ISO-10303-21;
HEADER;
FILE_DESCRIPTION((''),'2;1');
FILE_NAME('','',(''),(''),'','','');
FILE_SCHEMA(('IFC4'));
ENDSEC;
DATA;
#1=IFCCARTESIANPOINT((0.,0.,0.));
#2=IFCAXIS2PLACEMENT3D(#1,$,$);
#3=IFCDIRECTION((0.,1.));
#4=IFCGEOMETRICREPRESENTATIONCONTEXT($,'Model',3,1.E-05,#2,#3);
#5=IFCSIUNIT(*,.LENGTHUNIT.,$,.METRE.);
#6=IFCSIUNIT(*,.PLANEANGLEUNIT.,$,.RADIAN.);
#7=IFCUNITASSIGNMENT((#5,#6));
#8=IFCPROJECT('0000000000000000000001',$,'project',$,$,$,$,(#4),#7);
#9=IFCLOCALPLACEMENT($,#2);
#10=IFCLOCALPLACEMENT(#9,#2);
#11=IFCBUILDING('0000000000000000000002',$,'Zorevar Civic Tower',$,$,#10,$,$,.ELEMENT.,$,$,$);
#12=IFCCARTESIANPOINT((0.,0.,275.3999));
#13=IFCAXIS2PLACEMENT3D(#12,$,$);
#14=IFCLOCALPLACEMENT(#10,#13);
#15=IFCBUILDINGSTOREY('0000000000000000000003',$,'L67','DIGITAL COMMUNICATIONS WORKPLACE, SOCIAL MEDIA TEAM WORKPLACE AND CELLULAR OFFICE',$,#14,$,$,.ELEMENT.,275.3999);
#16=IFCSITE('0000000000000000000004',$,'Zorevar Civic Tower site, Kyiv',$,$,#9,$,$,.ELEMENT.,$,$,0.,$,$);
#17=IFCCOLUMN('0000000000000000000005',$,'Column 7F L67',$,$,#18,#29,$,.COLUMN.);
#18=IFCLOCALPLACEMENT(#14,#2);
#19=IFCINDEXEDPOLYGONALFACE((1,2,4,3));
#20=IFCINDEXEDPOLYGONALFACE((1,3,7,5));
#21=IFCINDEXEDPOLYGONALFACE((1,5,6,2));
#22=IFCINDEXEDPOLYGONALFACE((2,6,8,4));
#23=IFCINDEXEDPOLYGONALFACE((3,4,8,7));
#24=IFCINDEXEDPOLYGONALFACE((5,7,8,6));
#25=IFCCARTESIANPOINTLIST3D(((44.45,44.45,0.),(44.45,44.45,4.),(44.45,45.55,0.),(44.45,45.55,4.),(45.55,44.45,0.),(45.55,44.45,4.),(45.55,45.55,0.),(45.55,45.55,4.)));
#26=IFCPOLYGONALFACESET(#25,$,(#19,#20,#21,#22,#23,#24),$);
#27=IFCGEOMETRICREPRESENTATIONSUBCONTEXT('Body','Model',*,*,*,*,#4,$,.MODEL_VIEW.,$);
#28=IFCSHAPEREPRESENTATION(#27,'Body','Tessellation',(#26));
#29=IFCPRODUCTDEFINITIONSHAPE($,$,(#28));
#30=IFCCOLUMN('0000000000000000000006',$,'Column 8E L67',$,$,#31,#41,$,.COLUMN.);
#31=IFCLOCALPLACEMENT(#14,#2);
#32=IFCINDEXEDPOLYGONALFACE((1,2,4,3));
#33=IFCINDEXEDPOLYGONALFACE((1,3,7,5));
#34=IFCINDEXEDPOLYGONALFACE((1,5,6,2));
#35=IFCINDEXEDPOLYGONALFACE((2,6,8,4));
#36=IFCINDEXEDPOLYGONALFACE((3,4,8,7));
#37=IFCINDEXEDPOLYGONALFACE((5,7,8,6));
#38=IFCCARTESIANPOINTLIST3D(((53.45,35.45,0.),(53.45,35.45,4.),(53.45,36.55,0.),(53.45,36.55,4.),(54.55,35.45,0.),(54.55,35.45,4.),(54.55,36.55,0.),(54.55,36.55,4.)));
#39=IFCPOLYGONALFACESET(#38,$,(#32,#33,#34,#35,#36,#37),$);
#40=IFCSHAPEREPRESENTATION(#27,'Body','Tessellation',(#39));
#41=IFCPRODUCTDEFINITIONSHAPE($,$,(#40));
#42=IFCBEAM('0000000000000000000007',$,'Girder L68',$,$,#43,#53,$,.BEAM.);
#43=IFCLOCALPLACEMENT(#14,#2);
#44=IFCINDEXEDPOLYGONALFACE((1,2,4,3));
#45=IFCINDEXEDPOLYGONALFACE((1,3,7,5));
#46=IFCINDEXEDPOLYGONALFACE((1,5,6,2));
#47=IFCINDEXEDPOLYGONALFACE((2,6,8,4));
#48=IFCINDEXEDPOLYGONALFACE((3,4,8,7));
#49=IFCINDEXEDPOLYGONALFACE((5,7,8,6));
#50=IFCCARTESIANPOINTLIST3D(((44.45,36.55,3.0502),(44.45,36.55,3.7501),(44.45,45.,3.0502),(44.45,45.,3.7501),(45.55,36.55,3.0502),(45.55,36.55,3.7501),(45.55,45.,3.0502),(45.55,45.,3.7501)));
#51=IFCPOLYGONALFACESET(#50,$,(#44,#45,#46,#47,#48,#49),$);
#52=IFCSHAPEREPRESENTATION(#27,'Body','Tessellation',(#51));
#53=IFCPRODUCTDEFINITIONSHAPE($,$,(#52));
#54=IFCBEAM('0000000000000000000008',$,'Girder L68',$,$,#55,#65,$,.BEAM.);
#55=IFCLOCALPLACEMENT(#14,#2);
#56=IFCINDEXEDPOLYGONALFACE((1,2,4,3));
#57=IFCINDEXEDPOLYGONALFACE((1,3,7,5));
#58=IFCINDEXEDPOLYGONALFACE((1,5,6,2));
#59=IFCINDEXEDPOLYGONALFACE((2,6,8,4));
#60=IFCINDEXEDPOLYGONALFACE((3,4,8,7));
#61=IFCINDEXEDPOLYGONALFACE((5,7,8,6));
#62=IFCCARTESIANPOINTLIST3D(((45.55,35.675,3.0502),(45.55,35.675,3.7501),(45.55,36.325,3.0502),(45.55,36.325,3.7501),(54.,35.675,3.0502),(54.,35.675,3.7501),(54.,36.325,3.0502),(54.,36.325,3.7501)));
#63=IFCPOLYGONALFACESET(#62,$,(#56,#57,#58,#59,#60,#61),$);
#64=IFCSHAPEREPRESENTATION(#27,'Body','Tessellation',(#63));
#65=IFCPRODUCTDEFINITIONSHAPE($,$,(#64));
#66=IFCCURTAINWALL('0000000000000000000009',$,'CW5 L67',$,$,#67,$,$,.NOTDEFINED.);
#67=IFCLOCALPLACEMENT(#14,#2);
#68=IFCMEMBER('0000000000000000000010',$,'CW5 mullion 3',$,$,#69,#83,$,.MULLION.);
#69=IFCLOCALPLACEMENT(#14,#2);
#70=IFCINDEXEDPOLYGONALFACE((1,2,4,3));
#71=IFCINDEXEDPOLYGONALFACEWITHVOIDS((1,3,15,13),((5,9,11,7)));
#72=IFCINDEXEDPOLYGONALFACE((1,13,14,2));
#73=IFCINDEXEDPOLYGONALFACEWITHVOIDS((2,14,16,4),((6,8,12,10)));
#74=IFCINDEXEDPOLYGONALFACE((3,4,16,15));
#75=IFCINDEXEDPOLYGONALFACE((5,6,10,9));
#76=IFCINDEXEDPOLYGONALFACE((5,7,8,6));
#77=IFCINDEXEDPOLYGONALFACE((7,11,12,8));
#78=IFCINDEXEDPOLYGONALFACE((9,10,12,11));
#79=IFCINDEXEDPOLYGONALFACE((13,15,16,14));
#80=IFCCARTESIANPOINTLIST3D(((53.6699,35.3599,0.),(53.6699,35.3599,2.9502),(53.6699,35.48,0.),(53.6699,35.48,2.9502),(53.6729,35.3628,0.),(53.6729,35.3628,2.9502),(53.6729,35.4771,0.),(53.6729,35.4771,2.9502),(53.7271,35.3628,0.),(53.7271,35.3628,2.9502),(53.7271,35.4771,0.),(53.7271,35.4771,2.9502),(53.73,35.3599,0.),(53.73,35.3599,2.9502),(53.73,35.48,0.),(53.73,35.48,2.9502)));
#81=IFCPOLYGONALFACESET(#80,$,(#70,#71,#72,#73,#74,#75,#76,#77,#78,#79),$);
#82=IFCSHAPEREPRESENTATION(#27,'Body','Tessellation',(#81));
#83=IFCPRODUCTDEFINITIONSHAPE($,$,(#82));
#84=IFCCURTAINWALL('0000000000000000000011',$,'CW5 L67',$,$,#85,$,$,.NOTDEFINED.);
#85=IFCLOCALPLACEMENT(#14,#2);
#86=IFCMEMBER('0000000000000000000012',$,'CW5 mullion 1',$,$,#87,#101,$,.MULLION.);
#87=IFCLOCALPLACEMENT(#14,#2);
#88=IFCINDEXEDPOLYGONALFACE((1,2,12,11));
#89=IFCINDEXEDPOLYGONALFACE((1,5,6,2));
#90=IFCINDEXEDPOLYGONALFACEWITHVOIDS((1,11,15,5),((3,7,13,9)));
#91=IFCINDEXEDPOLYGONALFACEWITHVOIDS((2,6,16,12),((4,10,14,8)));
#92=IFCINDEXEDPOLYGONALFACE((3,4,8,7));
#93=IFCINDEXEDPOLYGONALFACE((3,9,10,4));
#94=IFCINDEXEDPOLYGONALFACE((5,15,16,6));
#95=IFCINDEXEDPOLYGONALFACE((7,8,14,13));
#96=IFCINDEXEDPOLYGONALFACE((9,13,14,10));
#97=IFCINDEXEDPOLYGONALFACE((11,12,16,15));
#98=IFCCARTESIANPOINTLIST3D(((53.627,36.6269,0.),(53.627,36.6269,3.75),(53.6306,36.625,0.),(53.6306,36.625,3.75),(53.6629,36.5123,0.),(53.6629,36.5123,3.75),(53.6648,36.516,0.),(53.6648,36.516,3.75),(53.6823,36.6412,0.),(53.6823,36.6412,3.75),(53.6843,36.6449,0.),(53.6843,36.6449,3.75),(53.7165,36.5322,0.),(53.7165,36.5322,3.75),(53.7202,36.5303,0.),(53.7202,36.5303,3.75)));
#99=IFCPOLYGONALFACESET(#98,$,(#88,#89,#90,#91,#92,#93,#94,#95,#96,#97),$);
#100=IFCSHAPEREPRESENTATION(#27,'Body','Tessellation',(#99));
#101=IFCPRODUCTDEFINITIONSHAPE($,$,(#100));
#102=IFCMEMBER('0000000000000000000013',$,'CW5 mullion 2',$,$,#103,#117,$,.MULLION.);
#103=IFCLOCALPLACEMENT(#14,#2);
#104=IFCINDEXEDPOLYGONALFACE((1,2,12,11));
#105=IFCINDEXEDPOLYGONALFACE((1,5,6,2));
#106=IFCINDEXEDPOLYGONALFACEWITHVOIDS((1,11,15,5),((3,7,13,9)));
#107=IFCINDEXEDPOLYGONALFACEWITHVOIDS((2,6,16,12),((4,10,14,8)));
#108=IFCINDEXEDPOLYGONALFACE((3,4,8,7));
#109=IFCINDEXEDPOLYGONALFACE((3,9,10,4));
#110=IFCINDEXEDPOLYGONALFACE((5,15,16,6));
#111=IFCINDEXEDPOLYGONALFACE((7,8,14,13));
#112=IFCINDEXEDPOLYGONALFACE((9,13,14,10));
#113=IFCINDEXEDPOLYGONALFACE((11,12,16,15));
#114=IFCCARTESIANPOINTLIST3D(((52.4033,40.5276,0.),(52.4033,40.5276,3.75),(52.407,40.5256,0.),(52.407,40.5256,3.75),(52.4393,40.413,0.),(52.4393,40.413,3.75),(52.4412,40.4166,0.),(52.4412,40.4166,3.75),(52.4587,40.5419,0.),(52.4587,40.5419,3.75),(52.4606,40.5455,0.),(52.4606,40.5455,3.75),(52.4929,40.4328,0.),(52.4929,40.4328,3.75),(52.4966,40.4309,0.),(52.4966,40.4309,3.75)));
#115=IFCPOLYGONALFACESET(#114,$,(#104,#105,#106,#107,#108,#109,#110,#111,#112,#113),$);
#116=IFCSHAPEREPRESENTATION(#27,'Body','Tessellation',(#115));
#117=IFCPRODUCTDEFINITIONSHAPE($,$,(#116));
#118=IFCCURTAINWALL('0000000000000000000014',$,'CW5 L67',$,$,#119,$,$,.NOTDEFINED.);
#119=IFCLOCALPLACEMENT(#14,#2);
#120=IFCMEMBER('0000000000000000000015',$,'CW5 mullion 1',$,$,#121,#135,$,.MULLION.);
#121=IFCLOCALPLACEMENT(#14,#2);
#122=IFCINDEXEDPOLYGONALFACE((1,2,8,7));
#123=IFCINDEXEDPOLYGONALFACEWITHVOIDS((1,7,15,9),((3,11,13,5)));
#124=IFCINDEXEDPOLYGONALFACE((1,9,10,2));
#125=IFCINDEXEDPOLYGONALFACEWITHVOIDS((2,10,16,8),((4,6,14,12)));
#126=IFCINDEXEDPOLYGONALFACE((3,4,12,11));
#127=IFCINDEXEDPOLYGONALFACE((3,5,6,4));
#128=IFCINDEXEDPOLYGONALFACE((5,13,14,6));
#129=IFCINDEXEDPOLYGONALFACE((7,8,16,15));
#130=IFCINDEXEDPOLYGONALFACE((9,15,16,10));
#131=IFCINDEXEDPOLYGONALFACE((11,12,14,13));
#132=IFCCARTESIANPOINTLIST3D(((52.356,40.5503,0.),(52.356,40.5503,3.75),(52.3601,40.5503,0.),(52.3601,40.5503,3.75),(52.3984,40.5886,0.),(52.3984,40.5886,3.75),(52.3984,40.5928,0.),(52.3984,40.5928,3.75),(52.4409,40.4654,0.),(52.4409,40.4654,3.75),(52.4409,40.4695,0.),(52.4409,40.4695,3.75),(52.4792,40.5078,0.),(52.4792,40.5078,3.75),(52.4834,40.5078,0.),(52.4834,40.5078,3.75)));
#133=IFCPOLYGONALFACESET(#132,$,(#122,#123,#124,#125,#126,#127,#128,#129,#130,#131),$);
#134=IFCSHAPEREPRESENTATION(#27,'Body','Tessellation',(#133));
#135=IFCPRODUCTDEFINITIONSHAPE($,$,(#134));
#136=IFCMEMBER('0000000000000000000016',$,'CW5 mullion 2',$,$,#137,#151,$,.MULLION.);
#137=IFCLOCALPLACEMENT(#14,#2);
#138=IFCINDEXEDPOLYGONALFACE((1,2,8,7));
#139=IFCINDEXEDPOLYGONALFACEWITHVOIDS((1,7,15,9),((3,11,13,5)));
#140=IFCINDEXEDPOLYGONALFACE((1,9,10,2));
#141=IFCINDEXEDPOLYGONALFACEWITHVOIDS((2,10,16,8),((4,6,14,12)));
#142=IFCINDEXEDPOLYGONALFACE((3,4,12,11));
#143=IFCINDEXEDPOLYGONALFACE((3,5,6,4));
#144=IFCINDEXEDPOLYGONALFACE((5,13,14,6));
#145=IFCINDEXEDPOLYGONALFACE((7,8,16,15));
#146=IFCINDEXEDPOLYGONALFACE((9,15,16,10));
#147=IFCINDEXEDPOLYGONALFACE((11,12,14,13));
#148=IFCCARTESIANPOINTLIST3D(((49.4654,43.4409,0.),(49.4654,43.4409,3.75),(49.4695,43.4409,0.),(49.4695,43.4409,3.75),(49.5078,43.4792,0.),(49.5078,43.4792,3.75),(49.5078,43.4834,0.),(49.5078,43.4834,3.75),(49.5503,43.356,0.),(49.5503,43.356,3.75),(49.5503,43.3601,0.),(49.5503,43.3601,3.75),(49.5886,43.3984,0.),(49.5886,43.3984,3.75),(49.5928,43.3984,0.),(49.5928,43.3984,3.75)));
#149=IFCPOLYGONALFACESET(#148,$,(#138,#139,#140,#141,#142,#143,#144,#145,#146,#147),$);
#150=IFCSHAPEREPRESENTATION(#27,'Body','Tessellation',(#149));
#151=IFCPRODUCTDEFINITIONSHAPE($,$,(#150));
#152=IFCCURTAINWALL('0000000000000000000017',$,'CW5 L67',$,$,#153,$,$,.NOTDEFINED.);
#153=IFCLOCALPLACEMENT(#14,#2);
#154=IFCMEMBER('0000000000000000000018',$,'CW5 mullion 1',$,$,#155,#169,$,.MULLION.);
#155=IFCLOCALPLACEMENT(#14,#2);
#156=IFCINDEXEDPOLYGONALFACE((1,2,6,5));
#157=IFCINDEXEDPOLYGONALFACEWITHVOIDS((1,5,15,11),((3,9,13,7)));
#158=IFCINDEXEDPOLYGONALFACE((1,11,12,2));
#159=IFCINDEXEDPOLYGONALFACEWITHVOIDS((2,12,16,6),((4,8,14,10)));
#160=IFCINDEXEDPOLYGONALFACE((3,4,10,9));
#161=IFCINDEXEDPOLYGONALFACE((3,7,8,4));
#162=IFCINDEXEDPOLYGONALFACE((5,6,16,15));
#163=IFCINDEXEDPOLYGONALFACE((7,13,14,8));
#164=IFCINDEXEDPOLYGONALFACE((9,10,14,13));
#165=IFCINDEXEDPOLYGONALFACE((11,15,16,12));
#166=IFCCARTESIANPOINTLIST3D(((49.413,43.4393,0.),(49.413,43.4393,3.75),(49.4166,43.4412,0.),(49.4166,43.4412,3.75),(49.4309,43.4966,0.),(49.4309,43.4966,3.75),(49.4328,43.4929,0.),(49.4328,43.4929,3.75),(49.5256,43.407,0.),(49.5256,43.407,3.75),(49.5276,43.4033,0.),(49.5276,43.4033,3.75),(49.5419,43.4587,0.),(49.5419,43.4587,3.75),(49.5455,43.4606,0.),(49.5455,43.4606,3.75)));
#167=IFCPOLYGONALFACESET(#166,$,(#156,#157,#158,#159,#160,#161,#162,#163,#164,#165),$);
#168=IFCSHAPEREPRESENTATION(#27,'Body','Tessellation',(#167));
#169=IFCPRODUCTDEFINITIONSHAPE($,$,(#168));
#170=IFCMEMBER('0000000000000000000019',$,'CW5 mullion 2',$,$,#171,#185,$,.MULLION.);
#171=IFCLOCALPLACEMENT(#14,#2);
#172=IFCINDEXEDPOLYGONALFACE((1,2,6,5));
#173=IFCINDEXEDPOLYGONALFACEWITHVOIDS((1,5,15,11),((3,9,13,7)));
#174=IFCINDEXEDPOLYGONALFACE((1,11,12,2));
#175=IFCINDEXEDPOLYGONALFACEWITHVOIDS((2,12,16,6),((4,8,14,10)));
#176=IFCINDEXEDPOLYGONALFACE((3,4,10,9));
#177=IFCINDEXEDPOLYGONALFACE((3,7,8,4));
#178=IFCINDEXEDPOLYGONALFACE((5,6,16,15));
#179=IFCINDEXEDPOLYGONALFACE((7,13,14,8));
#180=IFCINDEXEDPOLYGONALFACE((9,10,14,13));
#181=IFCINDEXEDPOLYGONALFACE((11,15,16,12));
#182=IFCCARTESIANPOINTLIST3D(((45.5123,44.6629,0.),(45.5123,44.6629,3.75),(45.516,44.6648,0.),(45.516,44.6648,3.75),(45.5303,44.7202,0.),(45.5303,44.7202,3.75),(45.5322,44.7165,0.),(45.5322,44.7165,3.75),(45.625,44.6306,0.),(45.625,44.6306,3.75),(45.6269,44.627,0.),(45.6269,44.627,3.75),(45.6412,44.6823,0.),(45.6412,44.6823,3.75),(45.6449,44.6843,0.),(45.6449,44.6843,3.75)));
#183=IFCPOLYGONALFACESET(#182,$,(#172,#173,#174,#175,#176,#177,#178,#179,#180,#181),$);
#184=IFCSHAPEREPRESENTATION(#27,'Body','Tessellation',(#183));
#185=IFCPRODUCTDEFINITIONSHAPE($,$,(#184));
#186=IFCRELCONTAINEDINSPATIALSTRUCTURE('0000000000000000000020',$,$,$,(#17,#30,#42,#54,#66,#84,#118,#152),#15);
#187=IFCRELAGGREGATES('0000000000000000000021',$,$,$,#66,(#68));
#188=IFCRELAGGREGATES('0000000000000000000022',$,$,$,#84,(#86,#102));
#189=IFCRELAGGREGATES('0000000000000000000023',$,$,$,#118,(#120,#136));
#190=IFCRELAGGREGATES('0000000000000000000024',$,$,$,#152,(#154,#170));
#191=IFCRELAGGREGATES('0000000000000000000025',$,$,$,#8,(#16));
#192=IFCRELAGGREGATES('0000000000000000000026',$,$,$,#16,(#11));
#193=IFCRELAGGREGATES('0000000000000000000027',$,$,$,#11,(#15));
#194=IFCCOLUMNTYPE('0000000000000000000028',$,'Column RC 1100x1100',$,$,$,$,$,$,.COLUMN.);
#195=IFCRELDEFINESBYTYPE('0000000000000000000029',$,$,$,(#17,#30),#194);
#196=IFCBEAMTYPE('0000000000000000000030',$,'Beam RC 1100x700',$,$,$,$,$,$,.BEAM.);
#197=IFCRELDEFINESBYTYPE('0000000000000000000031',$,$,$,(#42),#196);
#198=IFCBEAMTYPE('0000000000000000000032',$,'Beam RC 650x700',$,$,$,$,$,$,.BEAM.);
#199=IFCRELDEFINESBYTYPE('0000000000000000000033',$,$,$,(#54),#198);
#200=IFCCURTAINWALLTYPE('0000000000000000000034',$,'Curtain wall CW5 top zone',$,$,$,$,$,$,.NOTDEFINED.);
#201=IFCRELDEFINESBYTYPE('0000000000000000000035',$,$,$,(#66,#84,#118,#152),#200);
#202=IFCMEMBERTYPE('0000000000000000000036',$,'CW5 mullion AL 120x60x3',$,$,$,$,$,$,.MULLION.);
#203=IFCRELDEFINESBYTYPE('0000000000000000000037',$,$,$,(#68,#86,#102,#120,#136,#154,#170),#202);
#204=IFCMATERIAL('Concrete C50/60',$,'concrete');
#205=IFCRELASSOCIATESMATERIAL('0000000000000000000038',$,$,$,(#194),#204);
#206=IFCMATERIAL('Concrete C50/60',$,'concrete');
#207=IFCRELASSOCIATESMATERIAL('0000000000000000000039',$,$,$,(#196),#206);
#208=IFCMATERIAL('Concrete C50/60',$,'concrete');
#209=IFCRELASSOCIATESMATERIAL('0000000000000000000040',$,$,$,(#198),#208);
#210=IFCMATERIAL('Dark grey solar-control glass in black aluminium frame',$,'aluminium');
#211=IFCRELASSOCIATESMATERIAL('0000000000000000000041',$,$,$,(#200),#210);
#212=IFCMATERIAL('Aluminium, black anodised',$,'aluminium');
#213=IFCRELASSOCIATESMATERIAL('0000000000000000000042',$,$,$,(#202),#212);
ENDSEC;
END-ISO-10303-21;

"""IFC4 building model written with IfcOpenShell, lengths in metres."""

from ifc_helpers import new_model, si_unit, direction, frame, origin, origin_2d, place, context, subcontext, project, spatial, rectangle, hollow_rectangle, extrude, material, material_profile, profile_set, type_object, element, aggregate, save


model = new_model("IFC4")

# Units and contexts
model_context = context("Model", 3, precision=1e-05, world=origin(), true_north=direction((0.0, 1.0)))
body_context = subcontext(model_context, "Body", "Model", "MODEL_VIEW")
ifc_project = project(units=[si_unit("LENGTHUNIT", "METRE"), si_unit("PLANEANGLEUNIT", "RADIAN")], contexts=[model_context])

# Site, building, storey
site_placement = place(None, origin())
site = spatial("IfcSite", under=ifc_project, at=site_placement, Name="Zorevar Civic Tower site, Kyiv", CompositionType="ELEMENT", RefElevation=0.0)
building_placement = place(site_placement, origin())
building = spatial("IfcBuilding", under=site, at=building_placement, Name="Zorevar Civic Tower", CompositionType="ELEMENT")
storey_placement = place(building_placement, frame((0.0, 0.0, 275.3999)))
storey = spatial("IfcBuildingStorey", under=building, at=storey_placement, Name="L67", Description="DIGITAL COMMUNICATIONS WORKPLACE, SOCIAL MEDIA TEAM WORKPLACE AND CELLULAR OFFICE", CompositionType="ELEMENT", Elevation=275.3999)

# Columns
ifc_material_1 = material(Name="Concrete C50/60", Category="concrete")
ifc_material_profile_1 = material_profile(ifc_material_1, rectangle(XDim=1.1001, YDim=1.1001, at=origin_2d()), Name="RC 1100x1100")
ifc_profile_set_1 = profile_set([ifc_material_profile_1], Name="Concrete C50/60")
column_type = type_object("IfcColumnType", Name="Column RC 1100x1100", PredefinedType="COLUMN", material=ifc_profile_set_1)
for number, where, z_axis, x_axis, name in (
    (1, (45.0, 45.0, 0.0), (0.0, 0.0, 1.0), (1.0, 0.0, 0.0), "Column 7F L67"),
    (2, (54.0, 36.0, 0.0), (0.0, 0.0, 1.0), (1.0, 0.0, 0.0), "Column 8E L67"),
):
    element("IfcColumn", number, at=place(storey_placement, frame(where, z_axis=z_axis, x_axis=x_axis)), inside=storey, type_object=column_type, Name=name, PredefinedType="COLUMN", context=body_context, shape_type="SweptSolid", body=[
        extrude(rectangle(XDim=1.1001, YDim=1.1001, at=origin_2d()), origin(), (0.0, 0.0, 1.0), 4.0),
    ])

# Beams
ifc_material_2 = material(Name="Concrete C50/60", Category="concrete")
ifc_material_profile_2 = material_profile(ifc_material_2, rectangle(XDim=1.1001, YDim=0.7, at=origin_2d()), Name="RC 1100x700")
ifc_profile_set_2 = profile_set([ifc_material_profile_2], Name="Concrete C50/60")
beam_type_1 = type_object("IfcBeamType", Name="Beam RC 1100x700", PredefinedType="BEAM", material=ifc_profile_set_2)
beam_1_placement = place(storey_placement, frame((45.0, 36.55, 3.4001), z_axis=(0.0, 1.0, 0.0), x_axis=(-1.0, 0.0, 0.0)))
element("IfcBeam", 3, at=beam_1_placement, inside=storey, type_object=beam_type_1, Name="Girder L68", PredefinedType="BEAM", context=body_context, shape_type="SweptSolid", body=[
    extrude(rectangle(XDim=1.1001, YDim=0.7, at=origin_2d()), origin(), (0.0, 0.0, 1.0), 8.45),
])
ifc_material_3 = material(Name="Concrete C50/60", Category="concrete")
ifc_material_profile_3 = material_profile(ifc_material_3, rectangle(XDim=0.6499, YDim=0.7, at=origin_2d()), Name="RC 650x700")
ifc_profile_set_3 = profile_set([ifc_material_profile_3], Name="Concrete C50/60")
beam_type_2 = type_object("IfcBeamType", Name="Beam RC 650x700", PredefinedType="BEAM", material=ifc_profile_set_3)
beam_2_placement = place(storey_placement, frame((45.55, 36.0, 3.4001), z_axis=(1.0, 0.0, 0.0), x_axis=(0.0, 1.0, 0.0)))
element("IfcBeam", 4, at=beam_2_placement, inside=storey, type_object=beam_type_2, Name="Girder L68", PredefinedType="BEAM", context=body_context, shape_type="SweptSolid", body=[
    extrude(rectangle(XDim=0.6499, YDim=0.7, at=origin_2d()), origin(), (0.0, 0.0, 1.0), 8.45),
])

# Curtain wall, member
ifc_material_4 = material(Name="Dark grey solar-control glass in black aluminium frame", Category="aluminium")
curtain_wall_type = type_object("IfcCurtainWallType", Name="Curtain wall CW5 top zone", PredefinedType="NOTDEFINED", material=ifc_material_4)
curtain_wall_1_placement = place(storey_placement, origin())
curtain_wall_1 = element("IfcCurtainWall", 5, at=curtain_wall_1_placement, inside=storey, type_object=curtain_wall_type, Name="CW5 L67", PredefinedType="NOTDEFINED")
ifc_material_5 = material(Name="Aluminium, black anodised", Category="aluminium")
ifc_material_profile_4 = material_profile(ifc_material_5, hollow_rectangle(XDim=0.0601, YDim=0.1201, WallThickness=0.0029, at=origin_2d()), Name="AL 120x60x3")
ifc_profile_set_4 = profile_set([ifc_material_profile_4], Name="Aluminium, black anodised")
member_type_1 = type_object("IfcMemberType", Name="CW5 mullion AL 120x60x3", PredefinedType="MULLION", material=ifc_profile_set_4)
member_1_placement = place(storey_placement, frame((53.7, 35.4199, 0.0), z_axis=(0.0, 0.0, 1.0), x_axis=(-1.0, 0.0, 0.0)))
member_1 = element("IfcMember", 6, at=member_1_placement, type_object=member_type_1, Name="CW5 mullion 3", PredefinedType="MULLION", context=body_context, shape_type="SweptSolid", body=[
    extrude(hollow_rectangle(XDim=0.0601, YDim=0.1201, WallThickness=0.0029, at=origin_2d()), origin(), (0.0, 0.0, 1.0), 2.9502),
])
aggregate(curtain_wall_1, [member_1])

# Curtain walls, members
curtain_wall_2_placement = place(storey_placement, origin())
curtain_wall_2 = element("IfcCurtainWall", 7, at=curtain_wall_2_placement, inside=storey, type_object=curtain_wall_type, Name="CW5 L67", PredefinedType="NOTDEFINED")
member_2_placement = place(storey_placement, frame((53.6736, 36.5786, 0.0), z_axis=(0.0, 0.0, 1.0), x_axis=(-0.954153, -0.299318, 0.0)))
member_2 = element("IfcMember", 8, at=member_2_placement, type_object=member_type_1, Name="CW5 mullion 1", PredefinedType="MULLION", context=body_context, shape_type="SweptSolid", body=[
    extrude(hollow_rectangle(XDim=0.0601, YDim=0.1201, WallThickness=0.0029, at=origin_2d()), origin(), (0.0, 0.0, 1.0), 3.75),
])
member_3_placement = place(storey_placement, frame((52.45, 40.4792, 0.0), z_axis=(0.0, 0.0, 1.0), x_axis=(-0.954153, -0.299318, 0.0)))
member_3 = element("IfcMember", 9, at=member_3_placement, type_object=member_type_1, Name="CW5 mullion 2", PredefinedType="MULLION", context=body_context, shape_type="SweptSolid", body=[
    extrude(hollow_rectangle(XDim=0.0601, YDim=0.1201, WallThickness=0.0029, at=origin_2d()), origin(), (0.0, 0.0, 1.0), 3.75),
])
curtain_wall_3_placement = place(storey_placement, origin())
curtain_wall_3 = element("IfcCurtainWall", 10, at=curtain_wall_3_placement, inside=storey, type_object=curtain_wall_type, Name="CW5 L67", PredefinedType="NOTDEFINED")
member_4_placement = place(storey_placement, frame((52.4197, 40.5291, 0.0), z_axis=(0.0, 0.0, 1.0), x_axis=(-0.707107, -0.707107, 0.0)))
member_4 = element("IfcMember", 11, at=member_4_placement, type_object=member_type_1, Name="CW5 mullion 1", PredefinedType="MULLION", context=body_context, shape_type="SweptSolid", body=[
    extrude(hollow_rectangle(XDim=0.0601, YDim=0.1201, WallThickness=0.0029, at=origin_2d()), origin(), (0.0, 0.0, 1.0), 3.75),
])
member_5_placement = place(storey_placement, frame((49.5291, 43.4197, 0.0), z_axis=(0.0, 0.0, 1.0), x_axis=(-0.707107, -0.707107, 0.0)))
member_5 = element("IfcMember", 12, at=member_5_placement, type_object=member_type_1, Name="CW5 mullion 2", PredefinedType="MULLION", context=body_context, shape_type="SweptSolid", body=[
    extrude(hollow_rectangle(XDim=0.0601, YDim=0.1201, WallThickness=0.0029, at=origin_2d()), origin(), (0.0, 0.0, 1.0), 3.75),
])
curtain_wall_4_placement = place(storey_placement, origin())
curtain_wall_4 = element("IfcCurtainWall", 13, at=curtain_wall_4_placement, inside=storey, type_object=curtain_wall_type, Name="CW5 L67", PredefinedType="NOTDEFINED")
member_6_placement = place(storey_placement, frame((49.4792, 43.45, 0.0), z_axis=(0.0, 0.0, 1.0), x_axis=(-0.299318, -0.954153, 0.0)))
member_6 = element("IfcMember", 14, at=member_6_placement, type_object=member_type_1, Name="CW5 mullion 1", PredefinedType="MULLION", context=body_context, shape_type="SweptSolid", body=[
    extrude(hollow_rectangle(XDim=0.0601, YDim=0.1201, WallThickness=0.0029, at=origin_2d()), origin(), (0.0, 0.0, 1.0), 3.75),
])
member_7_placement = place(storey_placement, frame((45.5786, 44.6736, 0.0), z_axis=(0.0, 0.0, 1.0), x_axis=(-0.299318, -0.954153, 0.0)))
member_7 = element("IfcMember", 15, at=member_7_placement, type_object=member_type_1, Name="CW5 mullion 2", PredefinedType="MULLION", context=body_context, shape_type="SweptSolid", body=[
    extrude(hollow_rectangle(XDim=0.0601, YDim=0.1201, WallThickness=0.0029, at=origin_2d()), origin(), (0.0, 0.0, 1.0), 3.75),
])

aggregate(curtain_wall_2, [member_2, member_3])
aggregate(curtain_wall_3, [member_4, member_5])
aggregate(curtain_wall_4, [member_6, member_7])

save(model, "model.ifc")
